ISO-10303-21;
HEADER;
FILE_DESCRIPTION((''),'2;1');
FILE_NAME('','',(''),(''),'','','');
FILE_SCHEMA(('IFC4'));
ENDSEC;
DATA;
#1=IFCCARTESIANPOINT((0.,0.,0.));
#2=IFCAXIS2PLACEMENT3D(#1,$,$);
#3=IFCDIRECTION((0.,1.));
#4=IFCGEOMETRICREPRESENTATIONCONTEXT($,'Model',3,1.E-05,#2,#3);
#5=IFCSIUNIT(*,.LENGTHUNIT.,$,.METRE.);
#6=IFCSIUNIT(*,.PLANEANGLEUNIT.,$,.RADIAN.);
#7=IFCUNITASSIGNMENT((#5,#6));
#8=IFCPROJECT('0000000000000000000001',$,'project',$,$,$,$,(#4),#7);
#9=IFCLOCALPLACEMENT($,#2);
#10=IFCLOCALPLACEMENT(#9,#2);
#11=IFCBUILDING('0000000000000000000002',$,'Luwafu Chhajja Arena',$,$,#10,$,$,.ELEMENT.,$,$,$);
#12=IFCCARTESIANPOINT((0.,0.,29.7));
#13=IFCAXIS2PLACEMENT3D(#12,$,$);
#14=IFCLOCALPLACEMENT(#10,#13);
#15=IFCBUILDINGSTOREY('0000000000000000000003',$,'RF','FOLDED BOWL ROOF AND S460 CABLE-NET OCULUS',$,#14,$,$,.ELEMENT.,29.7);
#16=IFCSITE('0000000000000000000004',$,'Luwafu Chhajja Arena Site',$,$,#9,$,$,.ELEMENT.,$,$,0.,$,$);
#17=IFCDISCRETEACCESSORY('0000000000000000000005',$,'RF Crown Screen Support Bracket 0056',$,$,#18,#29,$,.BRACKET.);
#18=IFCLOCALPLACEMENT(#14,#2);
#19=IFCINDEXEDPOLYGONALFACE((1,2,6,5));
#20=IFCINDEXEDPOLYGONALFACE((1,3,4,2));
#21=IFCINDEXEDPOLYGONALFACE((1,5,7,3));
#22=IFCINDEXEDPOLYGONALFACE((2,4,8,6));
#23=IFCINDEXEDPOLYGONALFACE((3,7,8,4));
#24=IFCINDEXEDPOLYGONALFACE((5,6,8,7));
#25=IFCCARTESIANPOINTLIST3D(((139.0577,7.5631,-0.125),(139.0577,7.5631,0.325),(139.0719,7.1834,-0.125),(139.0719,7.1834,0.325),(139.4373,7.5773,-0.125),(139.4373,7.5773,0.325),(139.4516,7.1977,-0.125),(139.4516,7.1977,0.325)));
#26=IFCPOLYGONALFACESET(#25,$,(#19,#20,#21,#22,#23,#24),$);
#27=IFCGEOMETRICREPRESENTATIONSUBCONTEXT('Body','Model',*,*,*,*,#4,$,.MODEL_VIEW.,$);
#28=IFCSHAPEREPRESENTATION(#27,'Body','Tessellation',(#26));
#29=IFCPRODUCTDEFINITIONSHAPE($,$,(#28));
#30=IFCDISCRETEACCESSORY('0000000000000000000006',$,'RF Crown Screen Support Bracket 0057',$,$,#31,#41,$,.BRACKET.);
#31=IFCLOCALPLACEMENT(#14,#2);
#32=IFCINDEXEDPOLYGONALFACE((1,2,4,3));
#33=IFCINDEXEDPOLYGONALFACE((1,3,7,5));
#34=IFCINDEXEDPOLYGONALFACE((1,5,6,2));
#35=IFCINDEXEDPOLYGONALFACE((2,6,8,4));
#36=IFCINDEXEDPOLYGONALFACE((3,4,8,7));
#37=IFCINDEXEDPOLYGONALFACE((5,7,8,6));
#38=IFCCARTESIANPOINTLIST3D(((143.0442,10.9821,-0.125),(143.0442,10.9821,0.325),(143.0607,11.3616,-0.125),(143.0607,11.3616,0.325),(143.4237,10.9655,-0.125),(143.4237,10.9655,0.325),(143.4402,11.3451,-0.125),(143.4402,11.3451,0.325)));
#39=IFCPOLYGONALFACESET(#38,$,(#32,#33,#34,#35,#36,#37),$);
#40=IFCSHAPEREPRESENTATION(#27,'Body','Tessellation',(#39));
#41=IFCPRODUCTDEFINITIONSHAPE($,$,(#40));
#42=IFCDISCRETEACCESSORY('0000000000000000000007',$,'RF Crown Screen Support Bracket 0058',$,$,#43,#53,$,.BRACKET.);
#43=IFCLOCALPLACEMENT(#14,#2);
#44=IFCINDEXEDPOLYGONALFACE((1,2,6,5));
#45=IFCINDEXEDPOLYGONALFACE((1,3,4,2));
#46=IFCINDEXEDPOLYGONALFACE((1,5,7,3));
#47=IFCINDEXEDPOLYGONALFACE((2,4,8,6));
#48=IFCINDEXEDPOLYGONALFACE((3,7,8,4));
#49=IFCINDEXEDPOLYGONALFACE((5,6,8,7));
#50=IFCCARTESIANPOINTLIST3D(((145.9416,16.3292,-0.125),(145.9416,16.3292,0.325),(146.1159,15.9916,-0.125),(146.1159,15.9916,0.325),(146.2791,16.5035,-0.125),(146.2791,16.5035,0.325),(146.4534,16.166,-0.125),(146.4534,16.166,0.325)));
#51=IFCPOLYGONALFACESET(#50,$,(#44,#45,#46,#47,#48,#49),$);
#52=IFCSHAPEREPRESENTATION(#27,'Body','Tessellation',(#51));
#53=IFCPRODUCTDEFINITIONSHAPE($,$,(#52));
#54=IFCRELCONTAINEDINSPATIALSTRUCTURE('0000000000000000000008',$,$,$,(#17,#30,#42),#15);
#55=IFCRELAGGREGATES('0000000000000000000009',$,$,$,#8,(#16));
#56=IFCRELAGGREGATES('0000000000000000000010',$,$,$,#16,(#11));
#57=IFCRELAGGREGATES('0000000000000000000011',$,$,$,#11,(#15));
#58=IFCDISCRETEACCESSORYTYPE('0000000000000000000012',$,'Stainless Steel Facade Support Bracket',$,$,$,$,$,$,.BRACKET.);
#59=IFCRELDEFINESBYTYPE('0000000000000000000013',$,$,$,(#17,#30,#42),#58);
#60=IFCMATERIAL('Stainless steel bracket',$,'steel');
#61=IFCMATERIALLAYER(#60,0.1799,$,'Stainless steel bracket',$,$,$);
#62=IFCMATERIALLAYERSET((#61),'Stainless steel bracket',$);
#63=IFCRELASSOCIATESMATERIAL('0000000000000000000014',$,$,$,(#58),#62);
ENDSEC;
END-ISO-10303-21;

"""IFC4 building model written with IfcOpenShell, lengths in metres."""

from ifc_helpers import new_model, si_unit, direction, frame, origin, origin_2d, place, context, subcontext, project, spatial, rectangle, extrude, material, layer, layer_set, type_object, element, save


model = new_model("IFC4")

# Units and contexts
model_context = context("Model", 3, precision=1e-05, world=origin(), true_north=direction((0.0, 1.0)))
body_context = subcontext(model_context, "Body", "Model", "MODEL_VIEW")
ifc_project = project(units=[si_unit("LENGTHUNIT", "METRE"), si_unit("PLANEANGLEUNIT", "RADIAN")], contexts=[model_context])

# Site, building, storey
site_placement = place(None, origin())
site = spatial("IfcSite", under=ifc_project, at=site_placement, Name="Luwafu Chhajja Arena Site", CompositionType="ELEMENT", RefElevation=0.0)
building_placement = place(site_placement, origin())
building = spatial("IfcBuilding", under=site, at=building_placement, Name="Luwafu Chhajja Arena", CompositionType="ELEMENT")
storey_placement = place(building_placement, frame((0.0, 0.0, 29.7)))
storey = spatial("IfcBuildingStorey", under=building, at=storey_placement, Name="RF", Description="FOLDED BOWL ROOF AND S460 CABLE-NET OCULUS", CompositionType="ELEMENT", Elevation=29.7)

# Discrete accessories
ifc_material_1 = material(Name="Stainless steel bracket", Category="steel")
ifc_layer_1 = layer(ifc_material_1, 0.1799, Name="Stainless steel bracket")
ifc_layer_set_1 = layer_set([ifc_layer_1], Name="Stainless steel bracket")
discrete_accessory_type = type_object("IfcDiscreteAccessoryType", Name="Stainless Steel Facade Support Bracket", PredefinedType="BRACKET", material=ifc_layer_set_1)
for number, where, z_axis, x_axis, name in (
    (1, (139.2546, 7.3804, -0.125), (0.0, 0.0, 1.0), (0.999298, 0.037465, 0.0), "RF Crown Screen Support Bracket 0056"),
    (2, (143.2422, 11.1636, -0.125), (0.0, 0.0, 1.0), (0.043562, 0.999051, 0.0), "RF Crown Screen Support Bracket 0057"),
    (3, (146.1975, 16.2476, -0.125), (0.0, 0.0, 1.0), (0.888492, 0.458892, 0.0), "RF Crown Screen Support Bracket 0058"),
):
    element("IfcDiscreteAccessory", number, at=place(storey_placement, frame(where, z_axis=z_axis, x_axis=x_axis)), inside=storey, type_object=discrete_accessory_type, Name=name, PredefinedType="BRACKET", context=body_context, shape_type="SweptSolid", body=[
        extrude(rectangle(XDim=0.3799, YDim=0.3799, at=origin_2d()), origin(), (0.0, 0.0, 1.0), 0.45),
    ])

save(model, "model.ifc")
